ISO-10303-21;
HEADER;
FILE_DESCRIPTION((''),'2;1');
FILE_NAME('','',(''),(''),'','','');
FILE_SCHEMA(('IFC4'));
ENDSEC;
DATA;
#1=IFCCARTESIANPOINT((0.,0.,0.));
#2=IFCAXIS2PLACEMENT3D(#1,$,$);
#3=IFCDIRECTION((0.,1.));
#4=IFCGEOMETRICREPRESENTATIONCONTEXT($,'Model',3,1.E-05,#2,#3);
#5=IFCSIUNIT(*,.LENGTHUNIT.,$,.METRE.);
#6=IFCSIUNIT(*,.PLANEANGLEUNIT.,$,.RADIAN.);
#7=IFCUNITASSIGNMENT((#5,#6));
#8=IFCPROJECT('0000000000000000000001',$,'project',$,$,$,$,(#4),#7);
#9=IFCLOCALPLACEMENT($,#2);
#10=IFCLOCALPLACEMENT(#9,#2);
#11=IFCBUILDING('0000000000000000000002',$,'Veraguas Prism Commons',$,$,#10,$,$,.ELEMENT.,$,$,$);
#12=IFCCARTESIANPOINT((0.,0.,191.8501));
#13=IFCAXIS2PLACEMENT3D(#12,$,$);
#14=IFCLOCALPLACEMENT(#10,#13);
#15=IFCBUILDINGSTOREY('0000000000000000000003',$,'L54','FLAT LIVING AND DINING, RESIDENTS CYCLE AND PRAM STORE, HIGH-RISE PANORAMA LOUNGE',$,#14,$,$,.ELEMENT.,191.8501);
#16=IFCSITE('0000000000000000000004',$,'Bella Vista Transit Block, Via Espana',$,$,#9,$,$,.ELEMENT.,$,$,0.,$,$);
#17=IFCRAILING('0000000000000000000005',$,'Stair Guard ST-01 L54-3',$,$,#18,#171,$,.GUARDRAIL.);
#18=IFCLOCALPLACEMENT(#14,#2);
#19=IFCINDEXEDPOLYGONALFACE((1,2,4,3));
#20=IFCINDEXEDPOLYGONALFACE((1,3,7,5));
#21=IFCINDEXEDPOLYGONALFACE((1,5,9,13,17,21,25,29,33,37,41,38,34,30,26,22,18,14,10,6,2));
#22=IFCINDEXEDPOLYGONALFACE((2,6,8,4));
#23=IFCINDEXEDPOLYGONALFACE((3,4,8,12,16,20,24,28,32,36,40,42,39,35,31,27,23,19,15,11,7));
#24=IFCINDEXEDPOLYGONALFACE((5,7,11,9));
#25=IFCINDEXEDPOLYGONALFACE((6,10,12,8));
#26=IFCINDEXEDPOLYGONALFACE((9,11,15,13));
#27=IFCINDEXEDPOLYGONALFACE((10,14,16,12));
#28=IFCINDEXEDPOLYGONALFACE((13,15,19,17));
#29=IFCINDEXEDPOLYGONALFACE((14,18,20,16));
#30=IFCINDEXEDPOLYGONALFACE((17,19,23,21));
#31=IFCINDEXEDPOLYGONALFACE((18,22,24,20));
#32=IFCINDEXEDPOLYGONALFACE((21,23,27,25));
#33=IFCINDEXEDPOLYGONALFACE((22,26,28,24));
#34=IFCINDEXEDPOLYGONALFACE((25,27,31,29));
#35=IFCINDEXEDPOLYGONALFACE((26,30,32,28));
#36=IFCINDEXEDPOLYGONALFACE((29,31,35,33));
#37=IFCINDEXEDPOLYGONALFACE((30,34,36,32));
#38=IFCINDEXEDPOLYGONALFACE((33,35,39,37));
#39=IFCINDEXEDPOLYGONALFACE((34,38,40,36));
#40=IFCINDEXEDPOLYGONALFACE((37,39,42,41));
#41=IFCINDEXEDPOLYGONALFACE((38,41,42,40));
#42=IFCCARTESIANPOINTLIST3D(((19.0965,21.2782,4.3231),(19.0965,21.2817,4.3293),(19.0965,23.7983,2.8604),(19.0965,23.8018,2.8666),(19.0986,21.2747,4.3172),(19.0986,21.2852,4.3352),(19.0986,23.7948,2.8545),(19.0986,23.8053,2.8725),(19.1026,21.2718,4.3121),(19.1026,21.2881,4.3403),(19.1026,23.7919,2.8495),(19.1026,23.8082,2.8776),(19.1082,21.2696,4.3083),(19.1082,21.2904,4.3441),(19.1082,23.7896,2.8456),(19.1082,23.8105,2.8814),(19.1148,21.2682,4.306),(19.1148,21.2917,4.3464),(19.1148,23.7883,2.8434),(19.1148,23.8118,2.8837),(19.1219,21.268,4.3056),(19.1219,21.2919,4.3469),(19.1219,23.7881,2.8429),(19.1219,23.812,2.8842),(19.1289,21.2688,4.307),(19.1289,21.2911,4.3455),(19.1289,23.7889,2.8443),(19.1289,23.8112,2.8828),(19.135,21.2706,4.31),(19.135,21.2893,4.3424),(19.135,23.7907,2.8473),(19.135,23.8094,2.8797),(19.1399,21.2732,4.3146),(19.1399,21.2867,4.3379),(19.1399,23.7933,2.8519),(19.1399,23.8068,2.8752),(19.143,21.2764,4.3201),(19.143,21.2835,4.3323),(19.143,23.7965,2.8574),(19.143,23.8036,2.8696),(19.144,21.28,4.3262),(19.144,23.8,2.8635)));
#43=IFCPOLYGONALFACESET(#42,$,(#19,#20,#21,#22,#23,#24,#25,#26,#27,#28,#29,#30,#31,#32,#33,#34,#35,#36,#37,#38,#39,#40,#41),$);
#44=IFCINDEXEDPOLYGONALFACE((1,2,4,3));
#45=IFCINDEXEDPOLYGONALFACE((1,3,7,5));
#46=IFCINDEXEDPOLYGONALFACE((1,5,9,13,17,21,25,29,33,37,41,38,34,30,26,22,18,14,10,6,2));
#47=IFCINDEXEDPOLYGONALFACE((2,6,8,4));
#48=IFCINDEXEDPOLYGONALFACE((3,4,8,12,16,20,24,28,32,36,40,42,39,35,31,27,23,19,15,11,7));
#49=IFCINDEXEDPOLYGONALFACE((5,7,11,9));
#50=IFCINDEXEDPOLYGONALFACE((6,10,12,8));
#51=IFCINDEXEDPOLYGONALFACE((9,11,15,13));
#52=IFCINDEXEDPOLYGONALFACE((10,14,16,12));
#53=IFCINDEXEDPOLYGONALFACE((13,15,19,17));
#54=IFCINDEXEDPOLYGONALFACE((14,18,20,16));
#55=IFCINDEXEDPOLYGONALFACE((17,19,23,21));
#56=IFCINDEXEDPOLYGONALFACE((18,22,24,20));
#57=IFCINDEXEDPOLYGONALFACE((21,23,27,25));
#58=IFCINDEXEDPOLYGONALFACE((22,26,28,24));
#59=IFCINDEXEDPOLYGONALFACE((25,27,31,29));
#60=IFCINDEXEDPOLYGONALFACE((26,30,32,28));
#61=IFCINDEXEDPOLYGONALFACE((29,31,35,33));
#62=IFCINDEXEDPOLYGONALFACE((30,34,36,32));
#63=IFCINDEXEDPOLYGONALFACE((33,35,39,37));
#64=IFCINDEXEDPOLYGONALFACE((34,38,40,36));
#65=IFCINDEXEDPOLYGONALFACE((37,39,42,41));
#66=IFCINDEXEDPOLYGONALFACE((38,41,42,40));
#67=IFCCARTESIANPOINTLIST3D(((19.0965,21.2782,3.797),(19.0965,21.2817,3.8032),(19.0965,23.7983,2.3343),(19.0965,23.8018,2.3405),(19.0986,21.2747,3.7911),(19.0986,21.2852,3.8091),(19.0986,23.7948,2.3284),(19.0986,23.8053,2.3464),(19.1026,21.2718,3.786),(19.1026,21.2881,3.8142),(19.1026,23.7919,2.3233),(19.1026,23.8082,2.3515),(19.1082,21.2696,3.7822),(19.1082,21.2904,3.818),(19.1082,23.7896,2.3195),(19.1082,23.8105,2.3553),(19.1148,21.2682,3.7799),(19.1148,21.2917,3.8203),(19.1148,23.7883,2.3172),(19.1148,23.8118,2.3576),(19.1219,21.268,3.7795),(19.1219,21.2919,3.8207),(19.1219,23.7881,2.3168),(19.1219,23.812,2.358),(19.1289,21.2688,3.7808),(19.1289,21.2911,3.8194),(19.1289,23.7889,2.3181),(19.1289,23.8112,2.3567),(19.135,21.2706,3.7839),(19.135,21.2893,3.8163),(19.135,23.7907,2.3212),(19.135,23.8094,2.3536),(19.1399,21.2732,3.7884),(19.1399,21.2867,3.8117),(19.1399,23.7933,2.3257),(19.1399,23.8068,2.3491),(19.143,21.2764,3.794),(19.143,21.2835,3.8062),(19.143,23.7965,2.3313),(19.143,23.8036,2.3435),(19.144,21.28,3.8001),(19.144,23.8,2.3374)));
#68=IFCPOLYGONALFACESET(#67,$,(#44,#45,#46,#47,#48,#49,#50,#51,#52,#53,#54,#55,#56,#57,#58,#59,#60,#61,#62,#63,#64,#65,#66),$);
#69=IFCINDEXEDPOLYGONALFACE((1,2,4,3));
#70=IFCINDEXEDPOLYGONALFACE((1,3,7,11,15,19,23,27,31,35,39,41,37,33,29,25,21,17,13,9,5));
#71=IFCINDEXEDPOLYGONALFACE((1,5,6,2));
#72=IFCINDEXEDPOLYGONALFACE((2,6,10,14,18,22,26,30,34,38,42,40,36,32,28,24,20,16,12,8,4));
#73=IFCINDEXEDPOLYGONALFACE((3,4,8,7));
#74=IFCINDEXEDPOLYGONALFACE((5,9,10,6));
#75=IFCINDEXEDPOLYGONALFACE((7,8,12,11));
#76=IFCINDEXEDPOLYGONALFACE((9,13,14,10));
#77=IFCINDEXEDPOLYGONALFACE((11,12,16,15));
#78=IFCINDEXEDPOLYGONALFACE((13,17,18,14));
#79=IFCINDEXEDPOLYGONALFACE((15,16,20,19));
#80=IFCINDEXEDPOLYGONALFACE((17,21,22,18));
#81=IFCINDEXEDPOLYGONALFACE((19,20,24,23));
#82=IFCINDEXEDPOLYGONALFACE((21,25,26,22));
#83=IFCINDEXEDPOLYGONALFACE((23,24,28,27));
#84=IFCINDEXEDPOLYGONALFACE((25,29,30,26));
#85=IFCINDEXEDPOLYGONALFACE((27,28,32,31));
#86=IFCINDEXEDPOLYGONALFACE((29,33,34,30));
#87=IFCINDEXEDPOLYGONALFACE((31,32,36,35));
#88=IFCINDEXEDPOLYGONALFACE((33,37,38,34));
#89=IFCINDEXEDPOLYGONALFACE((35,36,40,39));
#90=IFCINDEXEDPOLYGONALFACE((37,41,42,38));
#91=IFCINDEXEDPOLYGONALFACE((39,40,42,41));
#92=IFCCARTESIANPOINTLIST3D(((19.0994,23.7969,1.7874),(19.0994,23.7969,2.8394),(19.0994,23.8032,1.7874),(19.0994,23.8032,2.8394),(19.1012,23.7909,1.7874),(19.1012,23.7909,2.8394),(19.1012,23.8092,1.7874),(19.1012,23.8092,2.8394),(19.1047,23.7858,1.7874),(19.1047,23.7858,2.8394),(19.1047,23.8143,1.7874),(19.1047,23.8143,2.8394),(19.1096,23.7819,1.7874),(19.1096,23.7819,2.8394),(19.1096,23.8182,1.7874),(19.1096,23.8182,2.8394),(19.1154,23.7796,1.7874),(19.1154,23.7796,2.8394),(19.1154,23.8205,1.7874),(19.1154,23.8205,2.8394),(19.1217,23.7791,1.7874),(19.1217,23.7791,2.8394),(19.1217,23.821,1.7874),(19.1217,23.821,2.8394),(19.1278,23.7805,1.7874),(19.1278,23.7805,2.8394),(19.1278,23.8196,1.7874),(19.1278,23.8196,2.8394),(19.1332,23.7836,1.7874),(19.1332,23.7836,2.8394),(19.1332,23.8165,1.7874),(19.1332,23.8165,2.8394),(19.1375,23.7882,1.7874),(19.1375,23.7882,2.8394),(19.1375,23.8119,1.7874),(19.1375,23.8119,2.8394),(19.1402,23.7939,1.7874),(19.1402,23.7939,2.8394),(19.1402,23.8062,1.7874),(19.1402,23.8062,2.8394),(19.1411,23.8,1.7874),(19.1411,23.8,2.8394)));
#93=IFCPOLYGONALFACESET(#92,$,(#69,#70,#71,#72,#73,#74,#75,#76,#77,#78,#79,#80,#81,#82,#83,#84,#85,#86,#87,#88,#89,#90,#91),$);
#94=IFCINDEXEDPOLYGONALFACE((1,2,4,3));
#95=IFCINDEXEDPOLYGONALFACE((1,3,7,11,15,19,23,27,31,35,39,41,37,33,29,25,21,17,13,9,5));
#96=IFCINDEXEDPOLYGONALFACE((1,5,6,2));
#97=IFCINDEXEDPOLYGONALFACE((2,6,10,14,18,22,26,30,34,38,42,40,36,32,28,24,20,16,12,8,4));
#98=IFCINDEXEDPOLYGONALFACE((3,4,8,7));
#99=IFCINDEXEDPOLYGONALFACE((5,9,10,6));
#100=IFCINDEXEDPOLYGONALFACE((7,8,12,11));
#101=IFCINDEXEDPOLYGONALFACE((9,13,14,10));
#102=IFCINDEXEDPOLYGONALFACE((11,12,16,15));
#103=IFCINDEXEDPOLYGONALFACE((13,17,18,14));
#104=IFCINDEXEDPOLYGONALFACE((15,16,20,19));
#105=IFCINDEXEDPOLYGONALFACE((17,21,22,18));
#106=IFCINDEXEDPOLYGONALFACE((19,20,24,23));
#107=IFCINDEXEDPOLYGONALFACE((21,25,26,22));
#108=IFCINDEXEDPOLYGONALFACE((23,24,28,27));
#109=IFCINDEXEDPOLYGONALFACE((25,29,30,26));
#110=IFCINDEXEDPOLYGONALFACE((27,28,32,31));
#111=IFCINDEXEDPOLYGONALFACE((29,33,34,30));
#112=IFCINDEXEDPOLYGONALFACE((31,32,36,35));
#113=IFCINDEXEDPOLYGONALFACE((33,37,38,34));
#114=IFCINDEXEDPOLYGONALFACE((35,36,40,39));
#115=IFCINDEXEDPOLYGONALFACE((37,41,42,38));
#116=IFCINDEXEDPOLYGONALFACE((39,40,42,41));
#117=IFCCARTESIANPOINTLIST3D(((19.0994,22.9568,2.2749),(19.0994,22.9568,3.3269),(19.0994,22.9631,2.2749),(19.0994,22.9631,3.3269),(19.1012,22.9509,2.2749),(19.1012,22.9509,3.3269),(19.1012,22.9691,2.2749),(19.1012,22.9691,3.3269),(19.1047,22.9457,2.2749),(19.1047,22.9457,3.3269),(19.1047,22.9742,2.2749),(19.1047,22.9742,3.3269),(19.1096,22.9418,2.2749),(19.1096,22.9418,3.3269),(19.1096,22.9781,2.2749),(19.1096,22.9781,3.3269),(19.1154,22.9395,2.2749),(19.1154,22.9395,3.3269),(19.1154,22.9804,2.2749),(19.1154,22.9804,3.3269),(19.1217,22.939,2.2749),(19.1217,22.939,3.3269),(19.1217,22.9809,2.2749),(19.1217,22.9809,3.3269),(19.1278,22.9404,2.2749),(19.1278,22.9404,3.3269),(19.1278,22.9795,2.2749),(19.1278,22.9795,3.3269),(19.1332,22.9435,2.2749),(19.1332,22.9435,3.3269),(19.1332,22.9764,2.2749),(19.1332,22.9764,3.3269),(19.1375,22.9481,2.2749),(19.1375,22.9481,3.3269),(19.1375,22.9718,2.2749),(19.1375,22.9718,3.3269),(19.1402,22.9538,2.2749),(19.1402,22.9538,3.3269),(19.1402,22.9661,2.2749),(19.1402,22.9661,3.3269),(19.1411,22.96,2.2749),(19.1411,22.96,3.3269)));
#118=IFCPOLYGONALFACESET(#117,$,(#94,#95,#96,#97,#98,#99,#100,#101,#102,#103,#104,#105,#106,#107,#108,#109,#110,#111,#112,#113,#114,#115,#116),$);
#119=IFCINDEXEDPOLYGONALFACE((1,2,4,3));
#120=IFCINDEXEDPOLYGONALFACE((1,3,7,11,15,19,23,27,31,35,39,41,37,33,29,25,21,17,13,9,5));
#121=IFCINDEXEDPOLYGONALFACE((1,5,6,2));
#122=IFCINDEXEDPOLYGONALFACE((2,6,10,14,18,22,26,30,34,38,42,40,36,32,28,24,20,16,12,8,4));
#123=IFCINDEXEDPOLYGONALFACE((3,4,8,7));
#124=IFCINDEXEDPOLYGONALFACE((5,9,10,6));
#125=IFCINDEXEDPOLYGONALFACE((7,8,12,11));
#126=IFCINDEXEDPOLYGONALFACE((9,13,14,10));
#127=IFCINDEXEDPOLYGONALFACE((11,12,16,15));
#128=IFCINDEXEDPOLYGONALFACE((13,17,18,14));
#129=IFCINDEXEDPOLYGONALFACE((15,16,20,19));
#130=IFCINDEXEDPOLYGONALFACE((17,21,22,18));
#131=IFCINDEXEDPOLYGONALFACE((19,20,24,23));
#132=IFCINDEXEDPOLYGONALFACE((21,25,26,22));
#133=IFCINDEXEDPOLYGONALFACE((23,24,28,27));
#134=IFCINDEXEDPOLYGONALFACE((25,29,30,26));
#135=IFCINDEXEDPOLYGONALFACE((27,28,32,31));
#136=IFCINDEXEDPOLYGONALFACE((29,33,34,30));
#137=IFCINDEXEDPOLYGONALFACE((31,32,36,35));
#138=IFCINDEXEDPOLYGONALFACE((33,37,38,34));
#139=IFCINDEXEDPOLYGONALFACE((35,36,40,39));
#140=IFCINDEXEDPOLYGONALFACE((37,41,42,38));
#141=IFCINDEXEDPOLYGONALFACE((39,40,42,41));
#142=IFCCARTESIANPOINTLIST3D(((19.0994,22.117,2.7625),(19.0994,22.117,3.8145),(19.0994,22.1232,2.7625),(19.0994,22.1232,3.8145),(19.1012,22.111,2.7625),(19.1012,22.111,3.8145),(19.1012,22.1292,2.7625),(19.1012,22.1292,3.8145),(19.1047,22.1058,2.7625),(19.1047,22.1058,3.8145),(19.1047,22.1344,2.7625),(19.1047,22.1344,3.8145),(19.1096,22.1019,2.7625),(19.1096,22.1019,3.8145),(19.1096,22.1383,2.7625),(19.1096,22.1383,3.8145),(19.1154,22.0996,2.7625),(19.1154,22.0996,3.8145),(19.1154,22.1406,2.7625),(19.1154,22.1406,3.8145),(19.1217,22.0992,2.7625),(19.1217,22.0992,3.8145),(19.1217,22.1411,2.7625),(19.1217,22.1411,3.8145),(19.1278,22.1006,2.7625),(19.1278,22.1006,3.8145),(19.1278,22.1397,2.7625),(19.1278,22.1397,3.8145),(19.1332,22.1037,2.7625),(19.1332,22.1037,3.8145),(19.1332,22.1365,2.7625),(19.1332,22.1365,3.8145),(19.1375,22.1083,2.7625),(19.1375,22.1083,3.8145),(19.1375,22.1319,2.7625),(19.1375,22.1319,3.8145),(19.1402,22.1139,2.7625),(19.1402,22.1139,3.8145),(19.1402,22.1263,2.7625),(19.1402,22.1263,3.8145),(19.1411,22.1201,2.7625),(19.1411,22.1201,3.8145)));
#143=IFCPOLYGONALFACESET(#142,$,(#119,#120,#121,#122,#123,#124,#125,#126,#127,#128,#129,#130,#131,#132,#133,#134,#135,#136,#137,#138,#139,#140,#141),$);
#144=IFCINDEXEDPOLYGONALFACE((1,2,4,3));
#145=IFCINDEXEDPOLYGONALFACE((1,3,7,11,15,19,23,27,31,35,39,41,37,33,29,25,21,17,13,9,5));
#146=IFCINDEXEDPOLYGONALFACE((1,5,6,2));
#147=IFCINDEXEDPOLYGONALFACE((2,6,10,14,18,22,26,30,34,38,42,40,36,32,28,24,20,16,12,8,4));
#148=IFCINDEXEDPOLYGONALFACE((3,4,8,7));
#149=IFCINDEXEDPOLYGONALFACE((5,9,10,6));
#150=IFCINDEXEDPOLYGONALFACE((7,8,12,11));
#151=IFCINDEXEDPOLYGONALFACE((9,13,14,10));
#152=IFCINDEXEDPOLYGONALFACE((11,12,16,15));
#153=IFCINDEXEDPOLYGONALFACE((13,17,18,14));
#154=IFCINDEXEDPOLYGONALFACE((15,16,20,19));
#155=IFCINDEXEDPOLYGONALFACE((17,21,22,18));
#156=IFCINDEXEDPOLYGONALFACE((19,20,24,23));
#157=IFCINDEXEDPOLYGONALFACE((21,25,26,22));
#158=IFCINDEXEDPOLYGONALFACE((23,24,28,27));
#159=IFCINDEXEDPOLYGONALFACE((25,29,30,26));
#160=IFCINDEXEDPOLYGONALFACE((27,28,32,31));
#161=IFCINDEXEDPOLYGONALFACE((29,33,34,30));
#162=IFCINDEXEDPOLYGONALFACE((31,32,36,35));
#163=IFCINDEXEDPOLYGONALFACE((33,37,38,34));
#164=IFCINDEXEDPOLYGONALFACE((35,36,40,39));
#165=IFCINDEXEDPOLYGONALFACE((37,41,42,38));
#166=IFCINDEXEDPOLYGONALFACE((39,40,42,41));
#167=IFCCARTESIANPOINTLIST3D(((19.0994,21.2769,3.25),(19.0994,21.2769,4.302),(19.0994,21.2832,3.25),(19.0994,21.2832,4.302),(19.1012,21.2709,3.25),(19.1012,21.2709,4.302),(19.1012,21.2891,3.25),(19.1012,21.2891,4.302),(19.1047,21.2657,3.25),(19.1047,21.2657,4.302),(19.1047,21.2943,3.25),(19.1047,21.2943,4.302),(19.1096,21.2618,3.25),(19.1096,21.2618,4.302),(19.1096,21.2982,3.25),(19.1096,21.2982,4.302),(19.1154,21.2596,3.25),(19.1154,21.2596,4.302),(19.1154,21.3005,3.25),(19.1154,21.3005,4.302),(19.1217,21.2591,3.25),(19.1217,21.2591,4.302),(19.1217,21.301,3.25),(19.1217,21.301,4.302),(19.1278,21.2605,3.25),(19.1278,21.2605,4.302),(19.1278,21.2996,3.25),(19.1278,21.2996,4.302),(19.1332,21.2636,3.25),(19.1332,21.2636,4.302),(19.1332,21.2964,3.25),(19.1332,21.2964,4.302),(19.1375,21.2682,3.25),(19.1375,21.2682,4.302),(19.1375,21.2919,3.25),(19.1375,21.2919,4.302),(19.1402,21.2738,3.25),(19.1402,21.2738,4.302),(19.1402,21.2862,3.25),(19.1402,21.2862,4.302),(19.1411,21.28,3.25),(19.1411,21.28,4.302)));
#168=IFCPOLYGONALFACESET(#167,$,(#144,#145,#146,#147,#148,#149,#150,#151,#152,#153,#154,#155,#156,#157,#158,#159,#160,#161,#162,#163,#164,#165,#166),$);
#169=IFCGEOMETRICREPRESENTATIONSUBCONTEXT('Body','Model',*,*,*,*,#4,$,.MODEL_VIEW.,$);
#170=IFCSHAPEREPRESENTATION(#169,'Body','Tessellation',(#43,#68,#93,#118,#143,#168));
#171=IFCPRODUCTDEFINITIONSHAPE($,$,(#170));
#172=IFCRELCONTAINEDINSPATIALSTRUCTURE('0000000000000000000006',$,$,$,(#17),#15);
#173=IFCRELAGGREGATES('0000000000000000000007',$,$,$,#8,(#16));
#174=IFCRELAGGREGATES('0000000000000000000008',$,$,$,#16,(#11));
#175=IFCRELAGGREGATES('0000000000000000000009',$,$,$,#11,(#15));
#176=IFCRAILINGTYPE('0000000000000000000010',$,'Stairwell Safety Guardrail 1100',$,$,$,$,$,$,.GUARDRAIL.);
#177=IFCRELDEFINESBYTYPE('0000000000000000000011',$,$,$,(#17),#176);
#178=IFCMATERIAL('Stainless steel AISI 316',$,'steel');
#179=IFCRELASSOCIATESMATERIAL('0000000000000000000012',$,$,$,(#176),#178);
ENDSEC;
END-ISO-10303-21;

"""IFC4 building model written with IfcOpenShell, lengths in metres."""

from ifc_helpers import new_model, si_unit, direction, frame, origin, origin_2d, place, context, subcontext, project, spatial, circle, extrude, material, type_object, element, save


model = new_model("IFC4")

# Units and contexts
model_context = context("Model", 3, precision=1e-05, world=origin(), true_north=direction((0.0, 1.0)))
body_context = subcontext(model_context, "Body", "Model", "MODEL_VIEW")
ifc_project = project(units=[si_unit("LENGTHUNIT", "METRE"), si_unit("PLANEANGLEUNIT", "RADIAN")], contexts=[model_context])

# Site, building, storey
site_placement = place(None, origin())
site = spatial("IfcSite", under=ifc_project, at=site_placement, Name="Bella Vista Transit Block, Via Espana", CompositionType="ELEMENT", RefElevation=0.0)
building_placement = place(site_placement, origin())
building = spatial("IfcBuilding", under=site, at=building_placement, Name="Veraguas Prism Commons", CompositionType="ELEMENT")
storey_placement = place(building_placement, frame((0.0, 0.0, 191.8501)))
storey = spatial("IfcBuildingStorey", under=building, at=storey_placement, Name="L54", Description="FLAT LIVING AND DINING, RESIDENTS CYCLE AND PRAM STORE, HIGH-RISE PANORAMA LOUNGE", CompositionType="ELEMENT", Elevation=191.8501)

# Railing
ifc_material_1 = material(Name="Stainless steel AISI 316", Category="steel")
railing_type_1 = type_object("IfcRailingType", Name="Stairwell Safety Guardrail 1100", PredefinedType="GUARDRAIL", material=ifc_material_1)
railing_1_placement = place(storey_placement, frame((19.1201, 23.8, 1.7874)))
element("IfcRailing", 1, at=railing_1_placement, inside=storey, type_object=railing_type_1, Name="Stair Guard ST-01 L54-3", PredefinedType="GUARDRAIL", context=body_context, shape_type="SweptSolid", body=[
    extrude(circle(Radius=0.0239, at=origin_2d()), frame((0.0, 0.0, 1.0762), z_axis=(0.0, -0.864877, 0.501984), x_axis=(1.0, 0.0, 0.0)), (0.0, 0.0, 1.0), 2.9138),
    extrude(circle(Radius=0.0239, at=origin_2d()), frame((0.0, 0.0, 0.55), z_axis=(0.0, -0.864877, 0.501984), x_axis=(1.0, 0.0, 0.0)), (0.0, 0.0, 1.0), 2.9138),
    extrude(circle(Radius=0.021, at=origin_2d()), origin(), (0.0, 0.0, 1.0), 1.052),
    extrude(circle(Radius=0.021, at=origin_2d()), frame((0.0, -0.8401, 0.4875)), (0.0, 0.0, 1.0), 1.052),
    extrude(circle(Radius=0.021, at=origin_2d()), frame((0.0, -1.6799, 0.9751)), (0.0, 0.0, 1.0), 1.052),
    extrude(circle(Radius=0.021, at=origin_2d()), frame((0.0, -2.52, 1.4626)), (0.0, 0.0, 1.0), 1.052),
])

save(model, "model.ifc")
